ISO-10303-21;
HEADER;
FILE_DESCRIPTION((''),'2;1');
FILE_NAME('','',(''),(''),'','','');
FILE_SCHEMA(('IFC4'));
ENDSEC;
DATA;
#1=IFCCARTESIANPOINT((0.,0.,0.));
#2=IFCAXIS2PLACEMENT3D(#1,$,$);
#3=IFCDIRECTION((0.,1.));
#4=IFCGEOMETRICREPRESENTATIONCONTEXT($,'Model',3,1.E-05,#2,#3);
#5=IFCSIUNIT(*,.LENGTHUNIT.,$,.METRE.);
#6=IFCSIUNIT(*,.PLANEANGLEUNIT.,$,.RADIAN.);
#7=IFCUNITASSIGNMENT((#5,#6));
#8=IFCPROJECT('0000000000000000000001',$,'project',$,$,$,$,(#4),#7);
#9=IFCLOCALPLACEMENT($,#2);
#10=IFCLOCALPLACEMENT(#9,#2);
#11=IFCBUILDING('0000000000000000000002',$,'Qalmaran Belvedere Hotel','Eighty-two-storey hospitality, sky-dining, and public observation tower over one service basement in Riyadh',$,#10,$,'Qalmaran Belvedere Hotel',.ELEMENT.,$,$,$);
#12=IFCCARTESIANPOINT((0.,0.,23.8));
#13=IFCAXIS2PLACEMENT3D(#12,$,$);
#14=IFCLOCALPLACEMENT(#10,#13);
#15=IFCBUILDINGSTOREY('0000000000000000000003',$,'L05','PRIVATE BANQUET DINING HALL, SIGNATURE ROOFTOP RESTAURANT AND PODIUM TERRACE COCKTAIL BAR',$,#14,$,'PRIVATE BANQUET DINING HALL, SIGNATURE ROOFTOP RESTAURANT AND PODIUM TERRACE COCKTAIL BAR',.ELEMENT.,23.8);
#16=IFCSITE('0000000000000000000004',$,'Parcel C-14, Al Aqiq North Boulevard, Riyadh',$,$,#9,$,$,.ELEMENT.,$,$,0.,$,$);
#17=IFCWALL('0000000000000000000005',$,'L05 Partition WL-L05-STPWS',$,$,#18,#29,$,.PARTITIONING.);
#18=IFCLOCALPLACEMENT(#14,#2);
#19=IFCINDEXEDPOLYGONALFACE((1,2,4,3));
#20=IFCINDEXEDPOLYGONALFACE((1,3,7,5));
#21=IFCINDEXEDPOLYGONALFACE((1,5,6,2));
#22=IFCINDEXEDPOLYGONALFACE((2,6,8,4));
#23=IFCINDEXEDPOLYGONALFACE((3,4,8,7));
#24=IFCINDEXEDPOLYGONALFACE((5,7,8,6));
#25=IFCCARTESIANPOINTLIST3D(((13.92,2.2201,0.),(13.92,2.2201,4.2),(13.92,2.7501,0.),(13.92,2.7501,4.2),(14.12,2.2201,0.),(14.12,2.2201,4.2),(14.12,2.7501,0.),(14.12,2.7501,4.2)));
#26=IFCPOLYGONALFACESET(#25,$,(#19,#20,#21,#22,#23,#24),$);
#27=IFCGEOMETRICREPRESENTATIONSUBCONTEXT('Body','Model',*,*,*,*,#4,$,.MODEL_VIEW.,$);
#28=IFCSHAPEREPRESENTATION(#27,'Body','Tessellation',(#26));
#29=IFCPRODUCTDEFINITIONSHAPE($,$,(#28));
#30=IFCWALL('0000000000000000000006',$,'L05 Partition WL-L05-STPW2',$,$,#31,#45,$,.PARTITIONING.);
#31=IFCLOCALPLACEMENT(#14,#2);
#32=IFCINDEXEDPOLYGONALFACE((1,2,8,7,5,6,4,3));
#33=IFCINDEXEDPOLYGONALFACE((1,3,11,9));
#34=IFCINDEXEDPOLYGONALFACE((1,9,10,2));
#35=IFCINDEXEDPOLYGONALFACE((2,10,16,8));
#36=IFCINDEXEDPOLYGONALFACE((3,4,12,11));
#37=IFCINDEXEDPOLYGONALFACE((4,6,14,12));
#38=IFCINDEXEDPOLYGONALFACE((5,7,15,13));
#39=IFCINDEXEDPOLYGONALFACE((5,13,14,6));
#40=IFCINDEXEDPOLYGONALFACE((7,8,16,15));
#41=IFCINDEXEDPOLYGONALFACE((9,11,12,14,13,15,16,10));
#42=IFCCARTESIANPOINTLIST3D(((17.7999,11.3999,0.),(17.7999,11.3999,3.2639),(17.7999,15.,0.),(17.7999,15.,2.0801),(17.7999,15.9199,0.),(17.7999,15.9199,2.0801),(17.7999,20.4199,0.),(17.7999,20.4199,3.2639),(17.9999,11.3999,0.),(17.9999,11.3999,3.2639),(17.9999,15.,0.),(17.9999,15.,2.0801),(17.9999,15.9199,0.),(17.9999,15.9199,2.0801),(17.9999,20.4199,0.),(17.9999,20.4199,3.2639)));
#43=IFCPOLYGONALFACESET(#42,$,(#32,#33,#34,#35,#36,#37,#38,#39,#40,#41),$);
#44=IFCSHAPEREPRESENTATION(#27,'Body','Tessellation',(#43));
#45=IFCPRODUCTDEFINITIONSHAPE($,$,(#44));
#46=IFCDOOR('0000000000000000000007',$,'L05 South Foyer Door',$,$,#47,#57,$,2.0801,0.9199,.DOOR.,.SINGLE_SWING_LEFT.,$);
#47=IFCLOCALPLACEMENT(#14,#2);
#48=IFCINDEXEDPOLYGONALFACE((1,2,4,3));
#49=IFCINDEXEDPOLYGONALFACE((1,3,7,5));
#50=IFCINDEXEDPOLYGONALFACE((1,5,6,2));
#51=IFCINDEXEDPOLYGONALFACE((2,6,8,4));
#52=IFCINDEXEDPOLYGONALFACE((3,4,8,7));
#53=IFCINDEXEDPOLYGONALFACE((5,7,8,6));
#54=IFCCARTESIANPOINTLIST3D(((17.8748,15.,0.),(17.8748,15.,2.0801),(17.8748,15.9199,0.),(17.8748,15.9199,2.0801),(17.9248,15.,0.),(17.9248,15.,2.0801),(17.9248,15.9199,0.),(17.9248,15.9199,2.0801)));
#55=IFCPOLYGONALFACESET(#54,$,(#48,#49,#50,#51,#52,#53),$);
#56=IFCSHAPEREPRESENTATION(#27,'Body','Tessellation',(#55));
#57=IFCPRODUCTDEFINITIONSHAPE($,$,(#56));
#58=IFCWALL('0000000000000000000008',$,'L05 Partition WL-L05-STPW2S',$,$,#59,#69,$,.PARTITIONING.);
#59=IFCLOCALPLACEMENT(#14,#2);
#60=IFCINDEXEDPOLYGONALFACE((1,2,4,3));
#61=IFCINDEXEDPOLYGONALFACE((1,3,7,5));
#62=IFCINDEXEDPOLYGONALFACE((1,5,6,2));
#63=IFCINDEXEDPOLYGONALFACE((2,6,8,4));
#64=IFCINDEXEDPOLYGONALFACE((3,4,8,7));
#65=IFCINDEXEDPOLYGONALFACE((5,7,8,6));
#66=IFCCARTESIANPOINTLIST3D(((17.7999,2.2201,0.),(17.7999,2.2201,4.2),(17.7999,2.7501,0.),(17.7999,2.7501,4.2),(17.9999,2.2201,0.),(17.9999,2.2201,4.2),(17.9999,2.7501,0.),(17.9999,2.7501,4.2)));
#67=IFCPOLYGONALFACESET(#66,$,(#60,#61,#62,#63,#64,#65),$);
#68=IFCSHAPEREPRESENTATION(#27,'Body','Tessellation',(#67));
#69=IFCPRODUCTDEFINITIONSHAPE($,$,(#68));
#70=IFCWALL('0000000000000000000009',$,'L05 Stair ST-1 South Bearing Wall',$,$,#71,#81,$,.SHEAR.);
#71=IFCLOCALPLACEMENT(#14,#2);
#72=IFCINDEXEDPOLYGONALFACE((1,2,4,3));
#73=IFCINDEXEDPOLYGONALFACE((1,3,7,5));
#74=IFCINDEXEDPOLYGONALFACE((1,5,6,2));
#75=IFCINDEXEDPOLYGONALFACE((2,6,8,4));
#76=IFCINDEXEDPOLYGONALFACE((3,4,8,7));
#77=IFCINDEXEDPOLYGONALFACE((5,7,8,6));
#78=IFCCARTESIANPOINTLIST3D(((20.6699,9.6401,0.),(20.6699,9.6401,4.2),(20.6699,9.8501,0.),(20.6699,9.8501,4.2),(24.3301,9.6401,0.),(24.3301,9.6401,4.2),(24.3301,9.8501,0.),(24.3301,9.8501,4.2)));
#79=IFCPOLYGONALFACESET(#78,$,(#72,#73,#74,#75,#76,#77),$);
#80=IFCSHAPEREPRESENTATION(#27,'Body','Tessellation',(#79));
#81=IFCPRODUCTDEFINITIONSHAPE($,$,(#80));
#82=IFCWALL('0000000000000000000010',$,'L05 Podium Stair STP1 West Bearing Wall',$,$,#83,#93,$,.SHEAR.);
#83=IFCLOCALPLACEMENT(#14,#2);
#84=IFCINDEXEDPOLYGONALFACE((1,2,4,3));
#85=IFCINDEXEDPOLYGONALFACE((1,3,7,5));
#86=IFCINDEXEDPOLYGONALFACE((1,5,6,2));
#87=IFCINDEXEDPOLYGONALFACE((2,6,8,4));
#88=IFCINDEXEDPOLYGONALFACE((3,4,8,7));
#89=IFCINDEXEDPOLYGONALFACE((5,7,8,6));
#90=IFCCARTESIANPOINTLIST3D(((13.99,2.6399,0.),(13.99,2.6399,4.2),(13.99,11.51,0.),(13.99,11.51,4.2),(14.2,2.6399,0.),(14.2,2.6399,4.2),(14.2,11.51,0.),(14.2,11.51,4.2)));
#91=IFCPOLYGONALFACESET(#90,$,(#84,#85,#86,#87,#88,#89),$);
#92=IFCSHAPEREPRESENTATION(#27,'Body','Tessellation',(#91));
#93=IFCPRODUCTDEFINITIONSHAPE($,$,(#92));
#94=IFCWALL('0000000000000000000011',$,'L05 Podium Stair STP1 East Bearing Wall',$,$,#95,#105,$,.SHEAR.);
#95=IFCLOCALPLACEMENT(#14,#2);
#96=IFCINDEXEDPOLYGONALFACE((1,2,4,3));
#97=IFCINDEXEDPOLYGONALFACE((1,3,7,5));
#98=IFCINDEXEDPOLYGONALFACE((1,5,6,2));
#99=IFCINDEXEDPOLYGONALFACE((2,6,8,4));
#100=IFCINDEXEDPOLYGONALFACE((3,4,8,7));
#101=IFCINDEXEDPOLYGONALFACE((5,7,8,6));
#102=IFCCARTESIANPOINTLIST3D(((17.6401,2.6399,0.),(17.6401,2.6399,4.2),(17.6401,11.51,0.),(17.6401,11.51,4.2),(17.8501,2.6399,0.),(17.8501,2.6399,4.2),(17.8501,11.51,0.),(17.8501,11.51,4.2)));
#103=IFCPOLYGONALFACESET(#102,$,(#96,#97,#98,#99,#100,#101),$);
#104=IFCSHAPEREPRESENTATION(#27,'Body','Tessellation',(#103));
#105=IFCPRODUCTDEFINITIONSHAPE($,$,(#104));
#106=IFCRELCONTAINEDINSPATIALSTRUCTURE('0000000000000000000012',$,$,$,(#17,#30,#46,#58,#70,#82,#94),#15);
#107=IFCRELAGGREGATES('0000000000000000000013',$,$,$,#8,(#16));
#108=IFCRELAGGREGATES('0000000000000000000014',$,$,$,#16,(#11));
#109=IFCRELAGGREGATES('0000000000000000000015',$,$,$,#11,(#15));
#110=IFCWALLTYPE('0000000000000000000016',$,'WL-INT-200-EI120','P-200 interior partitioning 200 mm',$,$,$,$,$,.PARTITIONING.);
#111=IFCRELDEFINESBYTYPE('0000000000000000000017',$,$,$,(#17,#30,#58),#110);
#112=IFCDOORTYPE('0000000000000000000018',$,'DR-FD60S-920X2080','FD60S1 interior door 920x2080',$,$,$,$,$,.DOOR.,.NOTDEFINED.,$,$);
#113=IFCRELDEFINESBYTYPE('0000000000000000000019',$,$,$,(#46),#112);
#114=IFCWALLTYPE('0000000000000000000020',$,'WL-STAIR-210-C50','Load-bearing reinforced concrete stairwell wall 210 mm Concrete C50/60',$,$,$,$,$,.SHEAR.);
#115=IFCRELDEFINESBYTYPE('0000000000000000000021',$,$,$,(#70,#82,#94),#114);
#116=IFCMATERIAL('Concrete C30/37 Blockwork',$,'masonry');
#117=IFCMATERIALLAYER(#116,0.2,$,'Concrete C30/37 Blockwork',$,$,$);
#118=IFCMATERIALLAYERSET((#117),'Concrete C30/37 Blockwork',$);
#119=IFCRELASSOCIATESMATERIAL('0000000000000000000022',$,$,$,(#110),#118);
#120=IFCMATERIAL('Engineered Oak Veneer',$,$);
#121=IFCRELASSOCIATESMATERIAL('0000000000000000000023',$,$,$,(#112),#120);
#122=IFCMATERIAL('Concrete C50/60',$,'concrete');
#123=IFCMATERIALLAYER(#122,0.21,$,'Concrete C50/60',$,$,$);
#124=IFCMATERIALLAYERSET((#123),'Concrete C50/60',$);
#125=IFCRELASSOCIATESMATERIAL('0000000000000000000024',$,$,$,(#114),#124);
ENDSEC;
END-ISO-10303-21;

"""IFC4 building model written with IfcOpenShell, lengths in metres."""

from ifc_helpers import new_model, si_unit, direction, frame, frame_2d, origin, place, context, subcontext, project, spatial, rectangle, extrude, material, layer, layer_set, type_object, element, fill, save


model = new_model("IFC4")

# Units and contexts
model_context = context("Model", 3, precision=1e-05, world=origin(), true_north=direction((0.0, 1.0)))
body_context = subcontext(model_context, "Body", "Model", "MODEL_VIEW")
ifc_project = project(units=[si_unit("LENGTHUNIT", "METRE"), si_unit("PLANEANGLEUNIT", "RADIAN")], contexts=[model_context])

# Site, building, storey
site_placement = place(None, origin())
site = spatial("IfcSite", under=ifc_project, at=site_placement, Name="Parcel C-14, Al Aqiq North Boulevard, Riyadh", CompositionType="ELEMENT", RefElevation=0.0)
building_placement = place(site_placement, origin())
building = spatial("IfcBuilding", under=site, at=building_placement, Name="Qalmaran Belvedere Hotel", Description="Eighty-two-storey hospitality, sky-dining, and public observation tower over one service basement in Riyadh", LongName="Qalmaran Belvedere Hotel", CompositionType="ELEMENT")
storey_placement = place(building_placement, frame((0.0, 0.0, 23.8)))
storey = spatial("IfcBuildingStorey", under=building, at=storey_placement, Name="L05", Description="PRIVATE BANQUET DINING HALL, SIGNATURE ROOFTOP RESTAURANT AND PODIUM TERRACE COCKTAIL BAR", LongName="PRIVATE BANQUET DINING HALL, SIGNATURE ROOFTOP RESTAURANT AND PODIUM TERRACE COCKTAIL BAR", CompositionType="ELEMENT", Elevation=23.8)

# Shared definitions
ifc_material_1 = material(Name="Concrete C30/37 Blockwork", Category="masonry")
ifc_layer_1 = layer(ifc_material_1, 0.2, Name="Concrete C30/37 Blockwork")
ifc_layer_set_1 = layer_set([ifc_layer_1], Name="Concrete C30/37 Blockwork")
wall_type_1 = type_object("IfcWallType", Name="WL-INT-200-EI120", Description="P-200 interior partitioning 200 mm", PredefinedType="PARTITIONING", material=ifc_layer_set_1)

# Wall
wall_1_placement = place(storey_placement, frame((14.02, 2.22, 0.0), z_axis=(0.0, 0.0, 1.0), x_axis=(0.0, 1.0, 0.0)))
element("IfcWall", 1, at=wall_1_placement, inside=storey, type_object=wall_type_1, Name="L05 Partition WL-L05-STPWS", PredefinedType="PARTITIONING", context=body_context, shape_type="SweptSolid", body=[
    extrude(rectangle(XDim=0.53, YDim=0.2, at=frame_2d((0.2651, 0.0))), origin(), (0.0, 0.0, 1.0), 4.2),
])

# Wall, opening, door
wall_2_placement = place(storey_placement, frame((17.8999, 11.3999, 0.0), z_axis=(0.0, 0.0, 1.0), x_axis=(0.0, 1.0, 0.0)))
wall_2 = element("IfcWall", 2, at=wall_2_placement, inside=storey, type_object=wall_type_1, Name="L05 Partition WL-L05-STPW2", PredefinedType="PARTITIONING", context=body_context, shape_type="SweptSolid", body=[
    extrude(rectangle(XDim=9.02, YDim=0.2, at=frame_2d((4.51, 0.0))), origin(), (0.0, 0.0, 1.0), 3.2639),
])
opening_1_placement = place(wall_2_placement, frame((4.52, 0.0, 0.0), z_axis=(0.0, 0.0, 1.0), x_axis=(-1.0, 0.0, 0.0)))
opening_1 = element("IfcOpeningElement", 3, at=opening_1_placement, cuts=wall_2, PredefinedType="OPENING", context=body_context, shape_type="SweptSolid", body=[
    extrude(rectangle(XDim=0.9199, YDim=2.0801, at=frame_2d((0.46, 1.04))), frame((0.0, 0.1099, 0.0), z_axis=(0.0, -1.0, 0.0), x_axis=(1.0, 0.0, 0.0)), (0.0, 0.0, 1.0), 0.22),
])
ifc_material_2 = material(Name="Engineered Oak Veneer")
door_type_1 = type_object("IfcDoorType", Name="DR-FD60S-920X2080", Description="FD60S1 interior door 920x2080", OperationType="NOTDEFINED", PredefinedType="DOOR", material=ifc_material_2)
door_1_placement = place(opening_1_placement, origin())
door_1 = element("IfcDoor", 4, at=door_1_placement, inside=storey, type_object=door_type_1, Name="L05 South Foyer Door", OperationType="SINGLE_SWING_LEFT", OverallHeight=2.0801, OverallWidth=0.9199, PredefinedType="DOOR", context=body_context, shape_type="SweptSolid", body=[
    extrude(rectangle(XDim=0.9199, YDim=2.0801, at=frame_2d((0.46, 1.04))), frame((0.0, 0.0249, 0.0), z_axis=(0.0, -1.0, 0.0), x_axis=(1.0, 0.0, 0.0)), (0.0, 0.0, 1.0), 0.05),
])
fill(opening_1, door_1)

# Walls
wall_3_placement = place(storey_placement, frame((17.8999, 2.22, 0.0), z_axis=(0.0, 0.0, 1.0), x_axis=(0.0, 1.0, 0.0)))
element("IfcWall", 5, at=wall_3_placement, inside=storey, type_object=wall_type_1, Name="L05 Partition WL-L05-STPW2S", PredefinedType="PARTITIONING", context=body_context, shape_type="SweptSolid", body=[
    extrude(rectangle(XDim=0.53, YDim=0.2, at=frame_2d((0.2651, 0.0))), origin(), (0.0, 0.0, 1.0), 4.2),
])
ifc_material_3 = material(Name="Concrete C50/60", Category="concrete")
ifc_layer_2 = layer(ifc_material_3, 0.21, Name="Concrete C50/60")
ifc_layer_set_2 = layer_set([ifc_layer_2], Name="Concrete C50/60")
wall_type_2 = type_object("IfcWallType", Name="WL-STAIR-210-C50", Description="Load-bearing reinforced concrete stairwell wall 210 mm Concrete C50/60", PredefinedType="SHEAR", material=ifc_layer_set_2)
wall_4_placement = place(storey_placement, frame((20.6699, 9.7451, 0.0), z_axis=(0.0, 0.0, 1.0), x_axis=(1.0, 0.0, 0.0)))
element("IfcWall", 6, at=wall_4_placement, inside=storey, type_object=wall_type_2, Name="L05 Stair ST-1 South Bearing Wall", PredefinedType="SHEAR", context=body_context, shape_type="SweptSolid", body=[
    extrude(rectangle(XDim=3.6602, YDim=0.21, at=frame_2d((1.8301, 0.0))), origin(), (0.0, 0.0, 1.0), 4.2),
])
for number, where, z_axis, x_axis, name in (
    (7, (14.095, 2.6399, 0.0), (0.0, 0.0, 1.0), (0.0, 1.0, 0.0), "L05 Podium Stair STP1 West Bearing Wall"),
    (8, (17.7451, 2.6399, 0.0), (0.0, 0.0, 1.0), (0.0, 1.0, 0.0), "L05 Podium Stair STP1 East Bearing Wall"),
):
    element("IfcWall", number, at=place(storey_placement, frame(where, z_axis=z_axis, x_axis=x_axis)), inside=storey, type_object=wall_type_2, Name=name, PredefinedType="SHEAR", context=body_context, shape_type="SweptSolid", body=[
        extrude(rectangle(XDim=8.8701, YDim=0.21, at=frame_2d((4.4351, 0.0))), origin(), (0.0, 0.0, 1.0), 4.2),
    ])

save(model, "model.ifc")
